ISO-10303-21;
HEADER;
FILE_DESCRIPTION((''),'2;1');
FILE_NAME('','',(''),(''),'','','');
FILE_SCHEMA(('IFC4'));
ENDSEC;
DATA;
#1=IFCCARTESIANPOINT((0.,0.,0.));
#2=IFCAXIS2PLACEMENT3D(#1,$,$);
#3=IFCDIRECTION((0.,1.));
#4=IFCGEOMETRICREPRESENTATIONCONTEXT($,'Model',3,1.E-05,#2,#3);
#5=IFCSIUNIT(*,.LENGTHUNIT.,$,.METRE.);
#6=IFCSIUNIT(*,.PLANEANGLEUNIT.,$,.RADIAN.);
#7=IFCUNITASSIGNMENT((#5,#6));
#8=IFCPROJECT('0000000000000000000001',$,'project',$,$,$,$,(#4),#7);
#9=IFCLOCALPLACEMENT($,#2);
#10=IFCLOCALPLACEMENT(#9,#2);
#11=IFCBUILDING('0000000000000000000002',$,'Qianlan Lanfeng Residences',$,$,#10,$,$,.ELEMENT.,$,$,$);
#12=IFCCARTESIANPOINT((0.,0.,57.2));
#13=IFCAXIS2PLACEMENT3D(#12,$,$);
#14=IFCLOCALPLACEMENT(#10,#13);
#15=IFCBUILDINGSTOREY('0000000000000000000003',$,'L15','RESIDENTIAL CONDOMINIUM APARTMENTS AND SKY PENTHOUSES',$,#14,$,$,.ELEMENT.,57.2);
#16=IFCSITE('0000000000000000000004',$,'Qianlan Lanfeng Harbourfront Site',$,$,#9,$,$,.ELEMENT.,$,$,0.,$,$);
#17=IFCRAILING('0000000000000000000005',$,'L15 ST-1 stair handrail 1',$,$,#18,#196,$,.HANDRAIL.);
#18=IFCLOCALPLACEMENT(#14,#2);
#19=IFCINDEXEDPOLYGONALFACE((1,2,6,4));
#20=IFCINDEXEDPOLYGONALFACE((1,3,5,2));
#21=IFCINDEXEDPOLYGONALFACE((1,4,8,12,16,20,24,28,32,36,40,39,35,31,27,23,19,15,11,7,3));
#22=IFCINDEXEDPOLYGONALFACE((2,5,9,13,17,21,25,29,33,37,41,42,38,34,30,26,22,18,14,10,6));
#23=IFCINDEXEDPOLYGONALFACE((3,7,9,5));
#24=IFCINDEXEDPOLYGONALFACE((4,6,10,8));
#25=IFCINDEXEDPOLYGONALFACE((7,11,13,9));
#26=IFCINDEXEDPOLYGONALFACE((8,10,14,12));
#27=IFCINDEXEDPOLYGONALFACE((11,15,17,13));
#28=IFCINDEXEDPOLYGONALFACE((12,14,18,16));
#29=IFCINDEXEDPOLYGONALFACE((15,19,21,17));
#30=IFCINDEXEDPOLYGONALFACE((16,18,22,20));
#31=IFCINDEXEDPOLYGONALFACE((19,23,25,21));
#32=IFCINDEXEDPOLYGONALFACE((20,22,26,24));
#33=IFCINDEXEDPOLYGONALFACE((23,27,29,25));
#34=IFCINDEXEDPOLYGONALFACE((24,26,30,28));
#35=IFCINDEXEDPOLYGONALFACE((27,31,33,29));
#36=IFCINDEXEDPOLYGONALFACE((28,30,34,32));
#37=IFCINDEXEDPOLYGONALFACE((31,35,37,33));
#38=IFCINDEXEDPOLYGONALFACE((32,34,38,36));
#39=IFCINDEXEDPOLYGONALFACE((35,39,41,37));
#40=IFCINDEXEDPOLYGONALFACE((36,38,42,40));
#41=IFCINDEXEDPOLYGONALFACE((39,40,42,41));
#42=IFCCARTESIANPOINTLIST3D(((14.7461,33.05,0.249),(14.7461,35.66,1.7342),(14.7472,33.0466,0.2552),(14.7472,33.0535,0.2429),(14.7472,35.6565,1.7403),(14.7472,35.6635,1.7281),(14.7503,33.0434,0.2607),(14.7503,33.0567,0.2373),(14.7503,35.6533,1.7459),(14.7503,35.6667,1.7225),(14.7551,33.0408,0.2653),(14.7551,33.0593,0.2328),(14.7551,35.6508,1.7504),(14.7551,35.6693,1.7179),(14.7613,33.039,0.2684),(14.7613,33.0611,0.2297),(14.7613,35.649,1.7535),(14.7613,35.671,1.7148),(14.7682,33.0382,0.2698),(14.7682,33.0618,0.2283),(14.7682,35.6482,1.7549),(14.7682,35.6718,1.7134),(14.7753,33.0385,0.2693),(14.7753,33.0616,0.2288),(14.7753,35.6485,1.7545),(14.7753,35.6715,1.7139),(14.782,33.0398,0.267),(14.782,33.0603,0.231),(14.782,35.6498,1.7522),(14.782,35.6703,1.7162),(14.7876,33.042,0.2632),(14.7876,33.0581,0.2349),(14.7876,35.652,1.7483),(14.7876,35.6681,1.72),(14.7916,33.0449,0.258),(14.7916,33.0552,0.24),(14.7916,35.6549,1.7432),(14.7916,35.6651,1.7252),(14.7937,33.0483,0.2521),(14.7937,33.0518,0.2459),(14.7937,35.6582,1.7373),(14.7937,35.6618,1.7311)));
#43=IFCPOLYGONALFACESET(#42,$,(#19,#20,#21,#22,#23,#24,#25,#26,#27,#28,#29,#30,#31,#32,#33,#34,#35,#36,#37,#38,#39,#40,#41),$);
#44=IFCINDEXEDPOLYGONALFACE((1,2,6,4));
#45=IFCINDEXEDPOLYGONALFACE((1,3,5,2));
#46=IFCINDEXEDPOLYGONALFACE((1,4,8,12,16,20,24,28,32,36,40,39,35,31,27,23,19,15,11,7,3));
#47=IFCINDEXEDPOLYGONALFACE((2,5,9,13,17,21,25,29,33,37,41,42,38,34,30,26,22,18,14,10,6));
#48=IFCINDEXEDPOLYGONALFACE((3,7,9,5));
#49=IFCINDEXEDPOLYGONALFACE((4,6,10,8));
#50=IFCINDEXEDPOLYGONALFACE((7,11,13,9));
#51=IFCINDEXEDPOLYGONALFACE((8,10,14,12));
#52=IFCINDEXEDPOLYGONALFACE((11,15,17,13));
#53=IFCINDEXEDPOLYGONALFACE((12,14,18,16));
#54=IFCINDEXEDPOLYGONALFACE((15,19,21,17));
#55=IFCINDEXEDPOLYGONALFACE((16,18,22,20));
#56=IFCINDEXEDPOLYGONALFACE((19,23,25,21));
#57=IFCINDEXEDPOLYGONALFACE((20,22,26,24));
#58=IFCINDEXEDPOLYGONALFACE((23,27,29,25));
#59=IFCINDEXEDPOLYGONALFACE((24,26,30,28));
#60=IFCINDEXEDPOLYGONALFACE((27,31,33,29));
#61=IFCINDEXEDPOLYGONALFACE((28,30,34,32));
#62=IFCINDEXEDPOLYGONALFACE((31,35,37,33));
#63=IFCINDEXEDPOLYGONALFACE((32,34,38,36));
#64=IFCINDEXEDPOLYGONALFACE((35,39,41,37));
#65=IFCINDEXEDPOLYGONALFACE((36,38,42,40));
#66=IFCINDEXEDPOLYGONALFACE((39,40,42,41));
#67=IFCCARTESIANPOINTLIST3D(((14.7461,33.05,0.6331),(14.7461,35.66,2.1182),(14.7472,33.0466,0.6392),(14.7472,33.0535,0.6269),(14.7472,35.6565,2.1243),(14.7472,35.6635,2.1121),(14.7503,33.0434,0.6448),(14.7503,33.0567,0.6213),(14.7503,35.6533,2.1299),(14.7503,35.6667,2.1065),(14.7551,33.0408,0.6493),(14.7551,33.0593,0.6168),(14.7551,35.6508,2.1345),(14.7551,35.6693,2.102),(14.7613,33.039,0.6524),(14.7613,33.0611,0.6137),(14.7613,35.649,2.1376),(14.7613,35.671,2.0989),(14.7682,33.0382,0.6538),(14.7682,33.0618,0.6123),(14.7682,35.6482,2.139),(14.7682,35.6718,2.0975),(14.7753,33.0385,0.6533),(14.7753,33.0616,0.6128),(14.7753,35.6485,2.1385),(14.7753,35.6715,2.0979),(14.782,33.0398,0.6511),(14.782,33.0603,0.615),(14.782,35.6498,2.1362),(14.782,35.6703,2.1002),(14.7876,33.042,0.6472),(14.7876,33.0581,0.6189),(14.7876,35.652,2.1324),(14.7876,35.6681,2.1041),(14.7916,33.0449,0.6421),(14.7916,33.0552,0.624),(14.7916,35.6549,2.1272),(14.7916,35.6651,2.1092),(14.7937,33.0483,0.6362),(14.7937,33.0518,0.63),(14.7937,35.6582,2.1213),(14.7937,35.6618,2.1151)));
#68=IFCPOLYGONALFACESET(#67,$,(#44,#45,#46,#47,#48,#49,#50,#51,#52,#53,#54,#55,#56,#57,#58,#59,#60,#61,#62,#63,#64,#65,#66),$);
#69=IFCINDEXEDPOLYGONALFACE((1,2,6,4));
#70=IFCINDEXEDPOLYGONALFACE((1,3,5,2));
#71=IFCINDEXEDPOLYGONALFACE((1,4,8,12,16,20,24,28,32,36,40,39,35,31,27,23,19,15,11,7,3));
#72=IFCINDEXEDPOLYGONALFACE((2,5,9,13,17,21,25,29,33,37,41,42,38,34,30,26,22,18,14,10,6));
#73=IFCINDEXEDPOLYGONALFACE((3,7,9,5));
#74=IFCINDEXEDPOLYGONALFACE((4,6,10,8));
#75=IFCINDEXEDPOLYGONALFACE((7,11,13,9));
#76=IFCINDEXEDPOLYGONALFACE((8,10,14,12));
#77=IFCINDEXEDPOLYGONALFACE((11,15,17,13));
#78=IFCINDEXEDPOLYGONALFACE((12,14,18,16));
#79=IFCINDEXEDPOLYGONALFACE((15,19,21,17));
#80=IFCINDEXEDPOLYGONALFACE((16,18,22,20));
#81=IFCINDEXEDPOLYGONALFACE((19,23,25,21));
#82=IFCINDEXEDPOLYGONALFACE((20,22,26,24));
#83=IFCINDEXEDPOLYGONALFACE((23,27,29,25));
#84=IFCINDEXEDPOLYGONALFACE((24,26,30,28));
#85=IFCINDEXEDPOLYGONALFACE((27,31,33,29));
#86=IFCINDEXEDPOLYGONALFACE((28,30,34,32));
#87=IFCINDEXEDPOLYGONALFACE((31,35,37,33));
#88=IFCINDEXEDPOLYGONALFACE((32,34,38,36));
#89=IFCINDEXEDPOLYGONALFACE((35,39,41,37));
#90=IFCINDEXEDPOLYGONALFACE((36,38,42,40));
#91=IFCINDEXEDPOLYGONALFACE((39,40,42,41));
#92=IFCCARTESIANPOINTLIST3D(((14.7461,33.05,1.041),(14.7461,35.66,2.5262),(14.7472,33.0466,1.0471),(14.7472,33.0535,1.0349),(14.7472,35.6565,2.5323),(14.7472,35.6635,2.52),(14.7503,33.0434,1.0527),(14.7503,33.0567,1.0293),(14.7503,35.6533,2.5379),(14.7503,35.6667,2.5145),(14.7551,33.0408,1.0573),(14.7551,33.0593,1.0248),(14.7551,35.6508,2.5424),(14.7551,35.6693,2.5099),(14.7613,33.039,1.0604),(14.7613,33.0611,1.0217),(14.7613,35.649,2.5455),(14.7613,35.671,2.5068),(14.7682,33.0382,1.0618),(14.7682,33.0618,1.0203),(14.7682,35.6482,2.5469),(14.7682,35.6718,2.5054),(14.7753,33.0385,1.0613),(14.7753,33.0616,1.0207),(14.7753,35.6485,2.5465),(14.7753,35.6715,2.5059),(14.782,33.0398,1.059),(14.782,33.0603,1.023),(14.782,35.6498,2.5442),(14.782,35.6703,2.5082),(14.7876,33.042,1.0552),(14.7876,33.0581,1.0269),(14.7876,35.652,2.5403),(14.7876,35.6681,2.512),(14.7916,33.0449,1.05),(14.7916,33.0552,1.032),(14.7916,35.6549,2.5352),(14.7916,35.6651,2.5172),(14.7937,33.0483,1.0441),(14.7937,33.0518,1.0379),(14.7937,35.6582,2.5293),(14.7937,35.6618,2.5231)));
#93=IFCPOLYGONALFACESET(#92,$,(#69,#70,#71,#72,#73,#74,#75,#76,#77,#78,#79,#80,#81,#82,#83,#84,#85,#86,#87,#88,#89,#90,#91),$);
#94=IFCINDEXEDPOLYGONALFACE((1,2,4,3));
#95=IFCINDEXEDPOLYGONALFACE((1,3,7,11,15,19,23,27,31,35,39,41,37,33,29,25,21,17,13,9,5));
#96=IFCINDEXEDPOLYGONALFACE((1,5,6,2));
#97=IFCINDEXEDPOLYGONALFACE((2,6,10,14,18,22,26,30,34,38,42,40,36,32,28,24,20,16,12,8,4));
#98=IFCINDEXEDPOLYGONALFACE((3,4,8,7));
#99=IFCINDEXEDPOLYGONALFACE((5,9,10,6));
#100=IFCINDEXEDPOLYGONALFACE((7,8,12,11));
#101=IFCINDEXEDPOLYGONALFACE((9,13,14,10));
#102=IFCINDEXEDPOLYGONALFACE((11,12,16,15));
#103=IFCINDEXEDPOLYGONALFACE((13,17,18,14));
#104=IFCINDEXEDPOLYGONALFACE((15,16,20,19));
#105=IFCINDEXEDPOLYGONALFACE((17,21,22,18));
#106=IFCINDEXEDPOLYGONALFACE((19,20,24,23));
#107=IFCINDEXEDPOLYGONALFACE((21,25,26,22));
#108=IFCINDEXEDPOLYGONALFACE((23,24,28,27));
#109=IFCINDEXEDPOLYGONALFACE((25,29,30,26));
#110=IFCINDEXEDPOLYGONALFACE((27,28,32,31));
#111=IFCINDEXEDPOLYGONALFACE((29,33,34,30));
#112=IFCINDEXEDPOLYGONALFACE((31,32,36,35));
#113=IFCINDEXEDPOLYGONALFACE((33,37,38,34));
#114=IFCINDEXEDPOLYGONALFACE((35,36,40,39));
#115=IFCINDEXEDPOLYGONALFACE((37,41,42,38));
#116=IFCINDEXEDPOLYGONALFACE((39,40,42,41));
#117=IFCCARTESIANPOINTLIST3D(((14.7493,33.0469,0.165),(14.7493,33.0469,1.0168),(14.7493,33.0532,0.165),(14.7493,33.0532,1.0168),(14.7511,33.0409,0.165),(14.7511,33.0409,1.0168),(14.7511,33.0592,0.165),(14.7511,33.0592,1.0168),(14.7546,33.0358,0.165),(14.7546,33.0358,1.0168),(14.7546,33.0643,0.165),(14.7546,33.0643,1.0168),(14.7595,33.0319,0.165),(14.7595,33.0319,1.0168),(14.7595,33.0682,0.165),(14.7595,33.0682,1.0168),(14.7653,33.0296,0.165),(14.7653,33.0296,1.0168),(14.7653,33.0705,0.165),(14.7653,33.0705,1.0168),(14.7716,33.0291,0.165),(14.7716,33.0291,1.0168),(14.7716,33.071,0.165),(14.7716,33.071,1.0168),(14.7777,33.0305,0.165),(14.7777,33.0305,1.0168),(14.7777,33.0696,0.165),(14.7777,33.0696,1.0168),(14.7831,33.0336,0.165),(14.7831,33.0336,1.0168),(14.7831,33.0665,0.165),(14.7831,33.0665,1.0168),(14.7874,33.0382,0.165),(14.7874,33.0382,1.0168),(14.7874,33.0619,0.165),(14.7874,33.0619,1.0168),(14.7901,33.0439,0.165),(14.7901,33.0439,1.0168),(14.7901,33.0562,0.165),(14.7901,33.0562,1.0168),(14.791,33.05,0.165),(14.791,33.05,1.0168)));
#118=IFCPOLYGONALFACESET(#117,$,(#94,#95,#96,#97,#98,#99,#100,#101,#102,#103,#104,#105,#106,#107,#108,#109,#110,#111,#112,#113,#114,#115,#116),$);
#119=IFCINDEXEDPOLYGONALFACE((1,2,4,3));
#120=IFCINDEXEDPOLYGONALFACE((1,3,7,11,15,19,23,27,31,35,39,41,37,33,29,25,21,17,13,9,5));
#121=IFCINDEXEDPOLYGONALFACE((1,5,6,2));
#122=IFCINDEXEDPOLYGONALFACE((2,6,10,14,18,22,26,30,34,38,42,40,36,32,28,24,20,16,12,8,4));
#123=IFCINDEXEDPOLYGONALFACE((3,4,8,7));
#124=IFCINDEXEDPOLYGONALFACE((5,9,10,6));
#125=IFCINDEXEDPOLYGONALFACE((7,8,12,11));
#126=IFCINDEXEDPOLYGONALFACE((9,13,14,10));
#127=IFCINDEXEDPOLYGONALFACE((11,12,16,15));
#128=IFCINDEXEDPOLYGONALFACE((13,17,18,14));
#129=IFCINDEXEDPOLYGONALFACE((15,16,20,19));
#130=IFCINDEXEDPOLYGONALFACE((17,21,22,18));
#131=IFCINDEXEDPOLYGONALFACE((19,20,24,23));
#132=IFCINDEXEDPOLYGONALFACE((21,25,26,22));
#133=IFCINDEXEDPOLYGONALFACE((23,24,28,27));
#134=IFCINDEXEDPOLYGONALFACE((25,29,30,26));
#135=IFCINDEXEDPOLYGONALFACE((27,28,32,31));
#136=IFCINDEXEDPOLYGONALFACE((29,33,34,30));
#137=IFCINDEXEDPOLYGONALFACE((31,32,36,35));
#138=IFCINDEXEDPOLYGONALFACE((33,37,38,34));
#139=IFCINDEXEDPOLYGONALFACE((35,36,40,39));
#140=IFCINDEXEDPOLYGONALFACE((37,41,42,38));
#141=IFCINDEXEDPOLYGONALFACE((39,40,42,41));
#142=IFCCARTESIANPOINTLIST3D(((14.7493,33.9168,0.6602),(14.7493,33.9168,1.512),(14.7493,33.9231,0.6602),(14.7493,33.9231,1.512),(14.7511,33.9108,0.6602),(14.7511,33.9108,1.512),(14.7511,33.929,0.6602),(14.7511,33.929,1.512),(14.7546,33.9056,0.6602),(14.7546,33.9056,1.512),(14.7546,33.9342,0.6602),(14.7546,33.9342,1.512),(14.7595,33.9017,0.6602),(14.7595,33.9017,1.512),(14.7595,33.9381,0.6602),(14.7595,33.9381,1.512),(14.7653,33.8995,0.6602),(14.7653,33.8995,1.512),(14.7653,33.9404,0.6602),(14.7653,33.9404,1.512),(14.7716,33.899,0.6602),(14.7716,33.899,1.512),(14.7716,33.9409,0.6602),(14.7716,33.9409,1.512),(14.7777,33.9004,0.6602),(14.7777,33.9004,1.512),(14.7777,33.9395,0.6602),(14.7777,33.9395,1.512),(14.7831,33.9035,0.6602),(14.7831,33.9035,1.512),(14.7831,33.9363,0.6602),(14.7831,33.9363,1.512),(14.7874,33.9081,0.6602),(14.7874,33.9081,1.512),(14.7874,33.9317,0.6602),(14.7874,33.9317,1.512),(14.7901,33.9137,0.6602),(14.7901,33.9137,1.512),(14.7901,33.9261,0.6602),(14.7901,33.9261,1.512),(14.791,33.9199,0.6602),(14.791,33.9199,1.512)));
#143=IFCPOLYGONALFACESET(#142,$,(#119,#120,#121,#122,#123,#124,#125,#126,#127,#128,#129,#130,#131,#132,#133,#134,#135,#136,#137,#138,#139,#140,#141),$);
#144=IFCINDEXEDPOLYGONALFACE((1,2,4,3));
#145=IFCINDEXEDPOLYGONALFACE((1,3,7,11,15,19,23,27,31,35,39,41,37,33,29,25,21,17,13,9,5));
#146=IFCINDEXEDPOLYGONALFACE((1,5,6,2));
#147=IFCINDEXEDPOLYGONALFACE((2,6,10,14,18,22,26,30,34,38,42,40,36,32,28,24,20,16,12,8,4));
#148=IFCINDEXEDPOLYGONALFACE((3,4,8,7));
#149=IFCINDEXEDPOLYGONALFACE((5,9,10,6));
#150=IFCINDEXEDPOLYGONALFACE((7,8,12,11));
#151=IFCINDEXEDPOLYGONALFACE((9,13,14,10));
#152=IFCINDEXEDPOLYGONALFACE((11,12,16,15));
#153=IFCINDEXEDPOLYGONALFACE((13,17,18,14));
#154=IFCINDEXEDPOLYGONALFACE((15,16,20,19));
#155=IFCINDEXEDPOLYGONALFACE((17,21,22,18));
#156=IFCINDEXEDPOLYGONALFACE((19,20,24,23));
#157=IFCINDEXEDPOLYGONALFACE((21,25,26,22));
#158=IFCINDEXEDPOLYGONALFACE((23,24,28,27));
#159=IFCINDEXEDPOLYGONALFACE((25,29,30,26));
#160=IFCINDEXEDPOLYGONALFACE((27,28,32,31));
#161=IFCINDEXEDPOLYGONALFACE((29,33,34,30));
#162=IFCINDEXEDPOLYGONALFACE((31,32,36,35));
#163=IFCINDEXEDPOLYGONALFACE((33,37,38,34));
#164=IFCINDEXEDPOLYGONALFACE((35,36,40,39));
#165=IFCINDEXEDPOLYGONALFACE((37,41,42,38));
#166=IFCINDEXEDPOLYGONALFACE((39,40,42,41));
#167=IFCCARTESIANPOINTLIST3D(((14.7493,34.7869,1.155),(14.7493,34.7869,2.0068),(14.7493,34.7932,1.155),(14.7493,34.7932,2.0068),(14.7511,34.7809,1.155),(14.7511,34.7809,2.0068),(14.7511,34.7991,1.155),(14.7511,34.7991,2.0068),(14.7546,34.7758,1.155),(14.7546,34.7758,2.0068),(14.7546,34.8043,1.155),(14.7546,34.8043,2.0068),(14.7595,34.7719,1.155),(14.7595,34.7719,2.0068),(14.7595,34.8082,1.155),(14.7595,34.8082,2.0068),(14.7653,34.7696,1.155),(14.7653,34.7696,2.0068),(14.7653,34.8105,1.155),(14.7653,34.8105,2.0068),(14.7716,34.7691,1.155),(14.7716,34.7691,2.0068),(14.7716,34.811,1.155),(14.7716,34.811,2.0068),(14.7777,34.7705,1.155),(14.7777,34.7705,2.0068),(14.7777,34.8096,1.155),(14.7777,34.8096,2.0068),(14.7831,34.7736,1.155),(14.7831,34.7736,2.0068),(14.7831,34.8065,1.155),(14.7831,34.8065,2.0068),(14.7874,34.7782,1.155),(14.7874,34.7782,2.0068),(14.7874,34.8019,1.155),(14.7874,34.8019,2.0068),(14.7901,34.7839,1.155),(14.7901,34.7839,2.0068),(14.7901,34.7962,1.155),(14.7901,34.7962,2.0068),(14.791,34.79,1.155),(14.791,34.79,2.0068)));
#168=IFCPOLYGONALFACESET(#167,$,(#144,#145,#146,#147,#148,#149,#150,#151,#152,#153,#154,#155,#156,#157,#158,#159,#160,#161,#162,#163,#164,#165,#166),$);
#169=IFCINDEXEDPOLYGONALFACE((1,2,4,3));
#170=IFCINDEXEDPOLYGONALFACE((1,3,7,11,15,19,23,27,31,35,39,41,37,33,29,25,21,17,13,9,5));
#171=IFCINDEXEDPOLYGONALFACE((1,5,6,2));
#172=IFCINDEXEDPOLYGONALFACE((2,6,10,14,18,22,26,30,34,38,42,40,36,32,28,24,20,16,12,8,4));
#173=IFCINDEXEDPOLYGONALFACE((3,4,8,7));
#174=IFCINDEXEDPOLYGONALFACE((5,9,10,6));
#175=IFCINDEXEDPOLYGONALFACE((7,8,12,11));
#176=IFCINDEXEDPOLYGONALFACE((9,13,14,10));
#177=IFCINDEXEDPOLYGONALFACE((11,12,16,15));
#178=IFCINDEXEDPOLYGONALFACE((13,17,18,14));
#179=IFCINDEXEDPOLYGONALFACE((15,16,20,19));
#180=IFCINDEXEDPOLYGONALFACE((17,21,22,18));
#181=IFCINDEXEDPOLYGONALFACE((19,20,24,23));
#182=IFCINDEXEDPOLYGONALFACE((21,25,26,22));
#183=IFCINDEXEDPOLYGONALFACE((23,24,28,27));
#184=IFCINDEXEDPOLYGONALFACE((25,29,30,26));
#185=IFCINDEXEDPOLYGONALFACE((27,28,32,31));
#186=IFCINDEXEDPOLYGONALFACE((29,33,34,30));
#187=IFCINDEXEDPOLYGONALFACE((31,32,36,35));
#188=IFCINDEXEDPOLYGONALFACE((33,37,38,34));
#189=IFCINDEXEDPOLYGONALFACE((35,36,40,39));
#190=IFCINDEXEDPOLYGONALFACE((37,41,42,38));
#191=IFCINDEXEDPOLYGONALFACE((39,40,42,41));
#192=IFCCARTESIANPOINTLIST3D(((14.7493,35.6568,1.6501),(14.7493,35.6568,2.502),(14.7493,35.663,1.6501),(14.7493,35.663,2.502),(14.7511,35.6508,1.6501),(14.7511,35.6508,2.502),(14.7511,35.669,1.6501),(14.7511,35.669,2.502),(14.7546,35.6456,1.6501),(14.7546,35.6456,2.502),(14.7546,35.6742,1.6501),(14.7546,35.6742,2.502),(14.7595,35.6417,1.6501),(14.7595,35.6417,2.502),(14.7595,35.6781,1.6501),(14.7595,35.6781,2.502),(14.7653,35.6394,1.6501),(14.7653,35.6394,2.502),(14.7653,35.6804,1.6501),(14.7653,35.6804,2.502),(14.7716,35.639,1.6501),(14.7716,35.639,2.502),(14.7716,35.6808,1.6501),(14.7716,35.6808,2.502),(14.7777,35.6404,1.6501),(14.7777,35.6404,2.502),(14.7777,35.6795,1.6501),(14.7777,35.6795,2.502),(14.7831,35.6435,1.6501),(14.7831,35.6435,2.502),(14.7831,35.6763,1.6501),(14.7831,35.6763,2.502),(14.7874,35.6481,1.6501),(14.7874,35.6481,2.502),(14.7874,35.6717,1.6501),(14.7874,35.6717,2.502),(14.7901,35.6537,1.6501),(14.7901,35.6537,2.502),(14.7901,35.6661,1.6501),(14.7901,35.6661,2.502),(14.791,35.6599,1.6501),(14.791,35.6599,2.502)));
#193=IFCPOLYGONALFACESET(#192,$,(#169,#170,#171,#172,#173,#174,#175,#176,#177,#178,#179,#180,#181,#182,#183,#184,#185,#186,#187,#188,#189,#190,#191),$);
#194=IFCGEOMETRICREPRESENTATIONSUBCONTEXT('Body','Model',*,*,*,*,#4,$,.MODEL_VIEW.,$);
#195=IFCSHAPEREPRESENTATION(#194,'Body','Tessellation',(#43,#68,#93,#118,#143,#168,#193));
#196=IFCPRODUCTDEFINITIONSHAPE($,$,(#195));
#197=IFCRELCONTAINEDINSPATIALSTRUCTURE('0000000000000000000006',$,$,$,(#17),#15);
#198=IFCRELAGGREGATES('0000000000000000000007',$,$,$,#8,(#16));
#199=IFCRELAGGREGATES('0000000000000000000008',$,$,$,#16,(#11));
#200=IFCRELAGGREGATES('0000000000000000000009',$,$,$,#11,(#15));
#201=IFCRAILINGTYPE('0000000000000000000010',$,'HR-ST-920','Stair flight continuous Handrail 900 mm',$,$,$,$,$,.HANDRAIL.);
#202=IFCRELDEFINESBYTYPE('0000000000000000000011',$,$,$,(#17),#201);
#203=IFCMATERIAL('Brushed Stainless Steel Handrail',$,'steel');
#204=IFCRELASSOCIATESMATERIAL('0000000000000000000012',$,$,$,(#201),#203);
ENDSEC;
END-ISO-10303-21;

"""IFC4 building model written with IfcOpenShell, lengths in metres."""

from ifc_helpers import new_model, si_unit, direction, frame, origin, origin_2d, place, context, subcontext, project, spatial, circle, extrude, material, type_object, element, save


model = new_model("IFC4")

# Units and contexts
model_context = context("Model", 3, precision=1e-05, world=origin(), true_north=direction((0.0, 1.0)))
body_context = subcontext(model_context, "Body", "Model", "MODEL_VIEW")
ifc_project = project(units=[si_unit("LENGTHUNIT", "METRE"), si_unit("PLANEANGLEUNIT", "RADIAN")], contexts=[model_context])

# Site, building, storey
site_placement = place(None, origin())
site = spatial("IfcSite", under=ifc_project, at=site_placement, Name="Qianlan Lanfeng Harbourfront Site", CompositionType="ELEMENT", RefElevation=0.0)
building_placement = place(site_placement, origin())
building = spatial("IfcBuilding", under=site, at=building_placement, Name="Qianlan Lanfeng Residences", CompositionType="ELEMENT")
storey_placement = place(building_placement, frame((0.0, 0.0, 57.2)))
storey = spatial("IfcBuildingStorey", under=building, at=storey_placement, Name="L15", Description="RESIDENTIAL CONDOMINIUM APARTMENTS AND SKY PENTHOUSES", CompositionType="ELEMENT", Elevation=57.2)

# Railing
ifc_material_1 = material(Name="Brushed Stainless Steel Handrail", Category="steel")
railing_type_1 = type_object("IfcRailingType", Name="HR-ST-920", Description="Stair flight continuous Handrail 900 mm", PredefinedType="HANDRAIL", material=ifc_material_1)
railing_1_placement = place(storey_placement, frame((14.77, 33.05, 0.165)))
element("IfcRailing", 1, at=railing_1_placement, inside=storey, type_object=railing_type_1, Name="L15 ST-1 stair handrail 1", PredefinedType="HANDRAIL", context=body_context, shape_type="SweptSolid", body=[
    extrude(circle(Radius=0.0239, at=origin_2d()), frame((0.0, 0.0, 0.084), z_axis=(0.0, 0.869137, 0.494571), x_axis=(-1.0, 0.0, 0.0)), (0.0, 0.0, 1.0), 3.0029),
    extrude(circle(Radius=0.0239, at=origin_2d()), frame((0.0, 0.0, 0.468), z_axis=(0.0, 0.869137, 0.494571), x_axis=(-1.0, 0.0, 0.0)), (0.0, 0.0, 1.0), 3.0029),
    extrude(circle(Radius=0.0239, at=origin_2d()), frame((0.0, 0.0, 0.876), z_axis=(0.0, 0.869137, 0.494571), x_axis=(-1.0, 0.0, 0.0)), (0.0, 0.0, 1.0), 3.0029),
    extrude(circle(Radius=0.021, at=origin_2d()), origin(), (0.0, 0.0, 1.0), 0.8518),
    extrude(circle(Radius=0.021, at=origin_2d()), frame((0.0, 0.8699, 0.4951)), (0.0, 0.0, 1.0), 0.8518),
    extrude(circle(Radius=0.021, at=origin_2d()), frame((0.0, 1.74, 0.99)), (0.0, 0.0, 1.0), 0.8518),
    extrude(circle(Radius=0.021, at=origin_2d()), frame((0.0, 2.6099, 1.4851)), (0.0, 0.0, 1.0), 0.8518),
])

save(model, "model.ifc")
